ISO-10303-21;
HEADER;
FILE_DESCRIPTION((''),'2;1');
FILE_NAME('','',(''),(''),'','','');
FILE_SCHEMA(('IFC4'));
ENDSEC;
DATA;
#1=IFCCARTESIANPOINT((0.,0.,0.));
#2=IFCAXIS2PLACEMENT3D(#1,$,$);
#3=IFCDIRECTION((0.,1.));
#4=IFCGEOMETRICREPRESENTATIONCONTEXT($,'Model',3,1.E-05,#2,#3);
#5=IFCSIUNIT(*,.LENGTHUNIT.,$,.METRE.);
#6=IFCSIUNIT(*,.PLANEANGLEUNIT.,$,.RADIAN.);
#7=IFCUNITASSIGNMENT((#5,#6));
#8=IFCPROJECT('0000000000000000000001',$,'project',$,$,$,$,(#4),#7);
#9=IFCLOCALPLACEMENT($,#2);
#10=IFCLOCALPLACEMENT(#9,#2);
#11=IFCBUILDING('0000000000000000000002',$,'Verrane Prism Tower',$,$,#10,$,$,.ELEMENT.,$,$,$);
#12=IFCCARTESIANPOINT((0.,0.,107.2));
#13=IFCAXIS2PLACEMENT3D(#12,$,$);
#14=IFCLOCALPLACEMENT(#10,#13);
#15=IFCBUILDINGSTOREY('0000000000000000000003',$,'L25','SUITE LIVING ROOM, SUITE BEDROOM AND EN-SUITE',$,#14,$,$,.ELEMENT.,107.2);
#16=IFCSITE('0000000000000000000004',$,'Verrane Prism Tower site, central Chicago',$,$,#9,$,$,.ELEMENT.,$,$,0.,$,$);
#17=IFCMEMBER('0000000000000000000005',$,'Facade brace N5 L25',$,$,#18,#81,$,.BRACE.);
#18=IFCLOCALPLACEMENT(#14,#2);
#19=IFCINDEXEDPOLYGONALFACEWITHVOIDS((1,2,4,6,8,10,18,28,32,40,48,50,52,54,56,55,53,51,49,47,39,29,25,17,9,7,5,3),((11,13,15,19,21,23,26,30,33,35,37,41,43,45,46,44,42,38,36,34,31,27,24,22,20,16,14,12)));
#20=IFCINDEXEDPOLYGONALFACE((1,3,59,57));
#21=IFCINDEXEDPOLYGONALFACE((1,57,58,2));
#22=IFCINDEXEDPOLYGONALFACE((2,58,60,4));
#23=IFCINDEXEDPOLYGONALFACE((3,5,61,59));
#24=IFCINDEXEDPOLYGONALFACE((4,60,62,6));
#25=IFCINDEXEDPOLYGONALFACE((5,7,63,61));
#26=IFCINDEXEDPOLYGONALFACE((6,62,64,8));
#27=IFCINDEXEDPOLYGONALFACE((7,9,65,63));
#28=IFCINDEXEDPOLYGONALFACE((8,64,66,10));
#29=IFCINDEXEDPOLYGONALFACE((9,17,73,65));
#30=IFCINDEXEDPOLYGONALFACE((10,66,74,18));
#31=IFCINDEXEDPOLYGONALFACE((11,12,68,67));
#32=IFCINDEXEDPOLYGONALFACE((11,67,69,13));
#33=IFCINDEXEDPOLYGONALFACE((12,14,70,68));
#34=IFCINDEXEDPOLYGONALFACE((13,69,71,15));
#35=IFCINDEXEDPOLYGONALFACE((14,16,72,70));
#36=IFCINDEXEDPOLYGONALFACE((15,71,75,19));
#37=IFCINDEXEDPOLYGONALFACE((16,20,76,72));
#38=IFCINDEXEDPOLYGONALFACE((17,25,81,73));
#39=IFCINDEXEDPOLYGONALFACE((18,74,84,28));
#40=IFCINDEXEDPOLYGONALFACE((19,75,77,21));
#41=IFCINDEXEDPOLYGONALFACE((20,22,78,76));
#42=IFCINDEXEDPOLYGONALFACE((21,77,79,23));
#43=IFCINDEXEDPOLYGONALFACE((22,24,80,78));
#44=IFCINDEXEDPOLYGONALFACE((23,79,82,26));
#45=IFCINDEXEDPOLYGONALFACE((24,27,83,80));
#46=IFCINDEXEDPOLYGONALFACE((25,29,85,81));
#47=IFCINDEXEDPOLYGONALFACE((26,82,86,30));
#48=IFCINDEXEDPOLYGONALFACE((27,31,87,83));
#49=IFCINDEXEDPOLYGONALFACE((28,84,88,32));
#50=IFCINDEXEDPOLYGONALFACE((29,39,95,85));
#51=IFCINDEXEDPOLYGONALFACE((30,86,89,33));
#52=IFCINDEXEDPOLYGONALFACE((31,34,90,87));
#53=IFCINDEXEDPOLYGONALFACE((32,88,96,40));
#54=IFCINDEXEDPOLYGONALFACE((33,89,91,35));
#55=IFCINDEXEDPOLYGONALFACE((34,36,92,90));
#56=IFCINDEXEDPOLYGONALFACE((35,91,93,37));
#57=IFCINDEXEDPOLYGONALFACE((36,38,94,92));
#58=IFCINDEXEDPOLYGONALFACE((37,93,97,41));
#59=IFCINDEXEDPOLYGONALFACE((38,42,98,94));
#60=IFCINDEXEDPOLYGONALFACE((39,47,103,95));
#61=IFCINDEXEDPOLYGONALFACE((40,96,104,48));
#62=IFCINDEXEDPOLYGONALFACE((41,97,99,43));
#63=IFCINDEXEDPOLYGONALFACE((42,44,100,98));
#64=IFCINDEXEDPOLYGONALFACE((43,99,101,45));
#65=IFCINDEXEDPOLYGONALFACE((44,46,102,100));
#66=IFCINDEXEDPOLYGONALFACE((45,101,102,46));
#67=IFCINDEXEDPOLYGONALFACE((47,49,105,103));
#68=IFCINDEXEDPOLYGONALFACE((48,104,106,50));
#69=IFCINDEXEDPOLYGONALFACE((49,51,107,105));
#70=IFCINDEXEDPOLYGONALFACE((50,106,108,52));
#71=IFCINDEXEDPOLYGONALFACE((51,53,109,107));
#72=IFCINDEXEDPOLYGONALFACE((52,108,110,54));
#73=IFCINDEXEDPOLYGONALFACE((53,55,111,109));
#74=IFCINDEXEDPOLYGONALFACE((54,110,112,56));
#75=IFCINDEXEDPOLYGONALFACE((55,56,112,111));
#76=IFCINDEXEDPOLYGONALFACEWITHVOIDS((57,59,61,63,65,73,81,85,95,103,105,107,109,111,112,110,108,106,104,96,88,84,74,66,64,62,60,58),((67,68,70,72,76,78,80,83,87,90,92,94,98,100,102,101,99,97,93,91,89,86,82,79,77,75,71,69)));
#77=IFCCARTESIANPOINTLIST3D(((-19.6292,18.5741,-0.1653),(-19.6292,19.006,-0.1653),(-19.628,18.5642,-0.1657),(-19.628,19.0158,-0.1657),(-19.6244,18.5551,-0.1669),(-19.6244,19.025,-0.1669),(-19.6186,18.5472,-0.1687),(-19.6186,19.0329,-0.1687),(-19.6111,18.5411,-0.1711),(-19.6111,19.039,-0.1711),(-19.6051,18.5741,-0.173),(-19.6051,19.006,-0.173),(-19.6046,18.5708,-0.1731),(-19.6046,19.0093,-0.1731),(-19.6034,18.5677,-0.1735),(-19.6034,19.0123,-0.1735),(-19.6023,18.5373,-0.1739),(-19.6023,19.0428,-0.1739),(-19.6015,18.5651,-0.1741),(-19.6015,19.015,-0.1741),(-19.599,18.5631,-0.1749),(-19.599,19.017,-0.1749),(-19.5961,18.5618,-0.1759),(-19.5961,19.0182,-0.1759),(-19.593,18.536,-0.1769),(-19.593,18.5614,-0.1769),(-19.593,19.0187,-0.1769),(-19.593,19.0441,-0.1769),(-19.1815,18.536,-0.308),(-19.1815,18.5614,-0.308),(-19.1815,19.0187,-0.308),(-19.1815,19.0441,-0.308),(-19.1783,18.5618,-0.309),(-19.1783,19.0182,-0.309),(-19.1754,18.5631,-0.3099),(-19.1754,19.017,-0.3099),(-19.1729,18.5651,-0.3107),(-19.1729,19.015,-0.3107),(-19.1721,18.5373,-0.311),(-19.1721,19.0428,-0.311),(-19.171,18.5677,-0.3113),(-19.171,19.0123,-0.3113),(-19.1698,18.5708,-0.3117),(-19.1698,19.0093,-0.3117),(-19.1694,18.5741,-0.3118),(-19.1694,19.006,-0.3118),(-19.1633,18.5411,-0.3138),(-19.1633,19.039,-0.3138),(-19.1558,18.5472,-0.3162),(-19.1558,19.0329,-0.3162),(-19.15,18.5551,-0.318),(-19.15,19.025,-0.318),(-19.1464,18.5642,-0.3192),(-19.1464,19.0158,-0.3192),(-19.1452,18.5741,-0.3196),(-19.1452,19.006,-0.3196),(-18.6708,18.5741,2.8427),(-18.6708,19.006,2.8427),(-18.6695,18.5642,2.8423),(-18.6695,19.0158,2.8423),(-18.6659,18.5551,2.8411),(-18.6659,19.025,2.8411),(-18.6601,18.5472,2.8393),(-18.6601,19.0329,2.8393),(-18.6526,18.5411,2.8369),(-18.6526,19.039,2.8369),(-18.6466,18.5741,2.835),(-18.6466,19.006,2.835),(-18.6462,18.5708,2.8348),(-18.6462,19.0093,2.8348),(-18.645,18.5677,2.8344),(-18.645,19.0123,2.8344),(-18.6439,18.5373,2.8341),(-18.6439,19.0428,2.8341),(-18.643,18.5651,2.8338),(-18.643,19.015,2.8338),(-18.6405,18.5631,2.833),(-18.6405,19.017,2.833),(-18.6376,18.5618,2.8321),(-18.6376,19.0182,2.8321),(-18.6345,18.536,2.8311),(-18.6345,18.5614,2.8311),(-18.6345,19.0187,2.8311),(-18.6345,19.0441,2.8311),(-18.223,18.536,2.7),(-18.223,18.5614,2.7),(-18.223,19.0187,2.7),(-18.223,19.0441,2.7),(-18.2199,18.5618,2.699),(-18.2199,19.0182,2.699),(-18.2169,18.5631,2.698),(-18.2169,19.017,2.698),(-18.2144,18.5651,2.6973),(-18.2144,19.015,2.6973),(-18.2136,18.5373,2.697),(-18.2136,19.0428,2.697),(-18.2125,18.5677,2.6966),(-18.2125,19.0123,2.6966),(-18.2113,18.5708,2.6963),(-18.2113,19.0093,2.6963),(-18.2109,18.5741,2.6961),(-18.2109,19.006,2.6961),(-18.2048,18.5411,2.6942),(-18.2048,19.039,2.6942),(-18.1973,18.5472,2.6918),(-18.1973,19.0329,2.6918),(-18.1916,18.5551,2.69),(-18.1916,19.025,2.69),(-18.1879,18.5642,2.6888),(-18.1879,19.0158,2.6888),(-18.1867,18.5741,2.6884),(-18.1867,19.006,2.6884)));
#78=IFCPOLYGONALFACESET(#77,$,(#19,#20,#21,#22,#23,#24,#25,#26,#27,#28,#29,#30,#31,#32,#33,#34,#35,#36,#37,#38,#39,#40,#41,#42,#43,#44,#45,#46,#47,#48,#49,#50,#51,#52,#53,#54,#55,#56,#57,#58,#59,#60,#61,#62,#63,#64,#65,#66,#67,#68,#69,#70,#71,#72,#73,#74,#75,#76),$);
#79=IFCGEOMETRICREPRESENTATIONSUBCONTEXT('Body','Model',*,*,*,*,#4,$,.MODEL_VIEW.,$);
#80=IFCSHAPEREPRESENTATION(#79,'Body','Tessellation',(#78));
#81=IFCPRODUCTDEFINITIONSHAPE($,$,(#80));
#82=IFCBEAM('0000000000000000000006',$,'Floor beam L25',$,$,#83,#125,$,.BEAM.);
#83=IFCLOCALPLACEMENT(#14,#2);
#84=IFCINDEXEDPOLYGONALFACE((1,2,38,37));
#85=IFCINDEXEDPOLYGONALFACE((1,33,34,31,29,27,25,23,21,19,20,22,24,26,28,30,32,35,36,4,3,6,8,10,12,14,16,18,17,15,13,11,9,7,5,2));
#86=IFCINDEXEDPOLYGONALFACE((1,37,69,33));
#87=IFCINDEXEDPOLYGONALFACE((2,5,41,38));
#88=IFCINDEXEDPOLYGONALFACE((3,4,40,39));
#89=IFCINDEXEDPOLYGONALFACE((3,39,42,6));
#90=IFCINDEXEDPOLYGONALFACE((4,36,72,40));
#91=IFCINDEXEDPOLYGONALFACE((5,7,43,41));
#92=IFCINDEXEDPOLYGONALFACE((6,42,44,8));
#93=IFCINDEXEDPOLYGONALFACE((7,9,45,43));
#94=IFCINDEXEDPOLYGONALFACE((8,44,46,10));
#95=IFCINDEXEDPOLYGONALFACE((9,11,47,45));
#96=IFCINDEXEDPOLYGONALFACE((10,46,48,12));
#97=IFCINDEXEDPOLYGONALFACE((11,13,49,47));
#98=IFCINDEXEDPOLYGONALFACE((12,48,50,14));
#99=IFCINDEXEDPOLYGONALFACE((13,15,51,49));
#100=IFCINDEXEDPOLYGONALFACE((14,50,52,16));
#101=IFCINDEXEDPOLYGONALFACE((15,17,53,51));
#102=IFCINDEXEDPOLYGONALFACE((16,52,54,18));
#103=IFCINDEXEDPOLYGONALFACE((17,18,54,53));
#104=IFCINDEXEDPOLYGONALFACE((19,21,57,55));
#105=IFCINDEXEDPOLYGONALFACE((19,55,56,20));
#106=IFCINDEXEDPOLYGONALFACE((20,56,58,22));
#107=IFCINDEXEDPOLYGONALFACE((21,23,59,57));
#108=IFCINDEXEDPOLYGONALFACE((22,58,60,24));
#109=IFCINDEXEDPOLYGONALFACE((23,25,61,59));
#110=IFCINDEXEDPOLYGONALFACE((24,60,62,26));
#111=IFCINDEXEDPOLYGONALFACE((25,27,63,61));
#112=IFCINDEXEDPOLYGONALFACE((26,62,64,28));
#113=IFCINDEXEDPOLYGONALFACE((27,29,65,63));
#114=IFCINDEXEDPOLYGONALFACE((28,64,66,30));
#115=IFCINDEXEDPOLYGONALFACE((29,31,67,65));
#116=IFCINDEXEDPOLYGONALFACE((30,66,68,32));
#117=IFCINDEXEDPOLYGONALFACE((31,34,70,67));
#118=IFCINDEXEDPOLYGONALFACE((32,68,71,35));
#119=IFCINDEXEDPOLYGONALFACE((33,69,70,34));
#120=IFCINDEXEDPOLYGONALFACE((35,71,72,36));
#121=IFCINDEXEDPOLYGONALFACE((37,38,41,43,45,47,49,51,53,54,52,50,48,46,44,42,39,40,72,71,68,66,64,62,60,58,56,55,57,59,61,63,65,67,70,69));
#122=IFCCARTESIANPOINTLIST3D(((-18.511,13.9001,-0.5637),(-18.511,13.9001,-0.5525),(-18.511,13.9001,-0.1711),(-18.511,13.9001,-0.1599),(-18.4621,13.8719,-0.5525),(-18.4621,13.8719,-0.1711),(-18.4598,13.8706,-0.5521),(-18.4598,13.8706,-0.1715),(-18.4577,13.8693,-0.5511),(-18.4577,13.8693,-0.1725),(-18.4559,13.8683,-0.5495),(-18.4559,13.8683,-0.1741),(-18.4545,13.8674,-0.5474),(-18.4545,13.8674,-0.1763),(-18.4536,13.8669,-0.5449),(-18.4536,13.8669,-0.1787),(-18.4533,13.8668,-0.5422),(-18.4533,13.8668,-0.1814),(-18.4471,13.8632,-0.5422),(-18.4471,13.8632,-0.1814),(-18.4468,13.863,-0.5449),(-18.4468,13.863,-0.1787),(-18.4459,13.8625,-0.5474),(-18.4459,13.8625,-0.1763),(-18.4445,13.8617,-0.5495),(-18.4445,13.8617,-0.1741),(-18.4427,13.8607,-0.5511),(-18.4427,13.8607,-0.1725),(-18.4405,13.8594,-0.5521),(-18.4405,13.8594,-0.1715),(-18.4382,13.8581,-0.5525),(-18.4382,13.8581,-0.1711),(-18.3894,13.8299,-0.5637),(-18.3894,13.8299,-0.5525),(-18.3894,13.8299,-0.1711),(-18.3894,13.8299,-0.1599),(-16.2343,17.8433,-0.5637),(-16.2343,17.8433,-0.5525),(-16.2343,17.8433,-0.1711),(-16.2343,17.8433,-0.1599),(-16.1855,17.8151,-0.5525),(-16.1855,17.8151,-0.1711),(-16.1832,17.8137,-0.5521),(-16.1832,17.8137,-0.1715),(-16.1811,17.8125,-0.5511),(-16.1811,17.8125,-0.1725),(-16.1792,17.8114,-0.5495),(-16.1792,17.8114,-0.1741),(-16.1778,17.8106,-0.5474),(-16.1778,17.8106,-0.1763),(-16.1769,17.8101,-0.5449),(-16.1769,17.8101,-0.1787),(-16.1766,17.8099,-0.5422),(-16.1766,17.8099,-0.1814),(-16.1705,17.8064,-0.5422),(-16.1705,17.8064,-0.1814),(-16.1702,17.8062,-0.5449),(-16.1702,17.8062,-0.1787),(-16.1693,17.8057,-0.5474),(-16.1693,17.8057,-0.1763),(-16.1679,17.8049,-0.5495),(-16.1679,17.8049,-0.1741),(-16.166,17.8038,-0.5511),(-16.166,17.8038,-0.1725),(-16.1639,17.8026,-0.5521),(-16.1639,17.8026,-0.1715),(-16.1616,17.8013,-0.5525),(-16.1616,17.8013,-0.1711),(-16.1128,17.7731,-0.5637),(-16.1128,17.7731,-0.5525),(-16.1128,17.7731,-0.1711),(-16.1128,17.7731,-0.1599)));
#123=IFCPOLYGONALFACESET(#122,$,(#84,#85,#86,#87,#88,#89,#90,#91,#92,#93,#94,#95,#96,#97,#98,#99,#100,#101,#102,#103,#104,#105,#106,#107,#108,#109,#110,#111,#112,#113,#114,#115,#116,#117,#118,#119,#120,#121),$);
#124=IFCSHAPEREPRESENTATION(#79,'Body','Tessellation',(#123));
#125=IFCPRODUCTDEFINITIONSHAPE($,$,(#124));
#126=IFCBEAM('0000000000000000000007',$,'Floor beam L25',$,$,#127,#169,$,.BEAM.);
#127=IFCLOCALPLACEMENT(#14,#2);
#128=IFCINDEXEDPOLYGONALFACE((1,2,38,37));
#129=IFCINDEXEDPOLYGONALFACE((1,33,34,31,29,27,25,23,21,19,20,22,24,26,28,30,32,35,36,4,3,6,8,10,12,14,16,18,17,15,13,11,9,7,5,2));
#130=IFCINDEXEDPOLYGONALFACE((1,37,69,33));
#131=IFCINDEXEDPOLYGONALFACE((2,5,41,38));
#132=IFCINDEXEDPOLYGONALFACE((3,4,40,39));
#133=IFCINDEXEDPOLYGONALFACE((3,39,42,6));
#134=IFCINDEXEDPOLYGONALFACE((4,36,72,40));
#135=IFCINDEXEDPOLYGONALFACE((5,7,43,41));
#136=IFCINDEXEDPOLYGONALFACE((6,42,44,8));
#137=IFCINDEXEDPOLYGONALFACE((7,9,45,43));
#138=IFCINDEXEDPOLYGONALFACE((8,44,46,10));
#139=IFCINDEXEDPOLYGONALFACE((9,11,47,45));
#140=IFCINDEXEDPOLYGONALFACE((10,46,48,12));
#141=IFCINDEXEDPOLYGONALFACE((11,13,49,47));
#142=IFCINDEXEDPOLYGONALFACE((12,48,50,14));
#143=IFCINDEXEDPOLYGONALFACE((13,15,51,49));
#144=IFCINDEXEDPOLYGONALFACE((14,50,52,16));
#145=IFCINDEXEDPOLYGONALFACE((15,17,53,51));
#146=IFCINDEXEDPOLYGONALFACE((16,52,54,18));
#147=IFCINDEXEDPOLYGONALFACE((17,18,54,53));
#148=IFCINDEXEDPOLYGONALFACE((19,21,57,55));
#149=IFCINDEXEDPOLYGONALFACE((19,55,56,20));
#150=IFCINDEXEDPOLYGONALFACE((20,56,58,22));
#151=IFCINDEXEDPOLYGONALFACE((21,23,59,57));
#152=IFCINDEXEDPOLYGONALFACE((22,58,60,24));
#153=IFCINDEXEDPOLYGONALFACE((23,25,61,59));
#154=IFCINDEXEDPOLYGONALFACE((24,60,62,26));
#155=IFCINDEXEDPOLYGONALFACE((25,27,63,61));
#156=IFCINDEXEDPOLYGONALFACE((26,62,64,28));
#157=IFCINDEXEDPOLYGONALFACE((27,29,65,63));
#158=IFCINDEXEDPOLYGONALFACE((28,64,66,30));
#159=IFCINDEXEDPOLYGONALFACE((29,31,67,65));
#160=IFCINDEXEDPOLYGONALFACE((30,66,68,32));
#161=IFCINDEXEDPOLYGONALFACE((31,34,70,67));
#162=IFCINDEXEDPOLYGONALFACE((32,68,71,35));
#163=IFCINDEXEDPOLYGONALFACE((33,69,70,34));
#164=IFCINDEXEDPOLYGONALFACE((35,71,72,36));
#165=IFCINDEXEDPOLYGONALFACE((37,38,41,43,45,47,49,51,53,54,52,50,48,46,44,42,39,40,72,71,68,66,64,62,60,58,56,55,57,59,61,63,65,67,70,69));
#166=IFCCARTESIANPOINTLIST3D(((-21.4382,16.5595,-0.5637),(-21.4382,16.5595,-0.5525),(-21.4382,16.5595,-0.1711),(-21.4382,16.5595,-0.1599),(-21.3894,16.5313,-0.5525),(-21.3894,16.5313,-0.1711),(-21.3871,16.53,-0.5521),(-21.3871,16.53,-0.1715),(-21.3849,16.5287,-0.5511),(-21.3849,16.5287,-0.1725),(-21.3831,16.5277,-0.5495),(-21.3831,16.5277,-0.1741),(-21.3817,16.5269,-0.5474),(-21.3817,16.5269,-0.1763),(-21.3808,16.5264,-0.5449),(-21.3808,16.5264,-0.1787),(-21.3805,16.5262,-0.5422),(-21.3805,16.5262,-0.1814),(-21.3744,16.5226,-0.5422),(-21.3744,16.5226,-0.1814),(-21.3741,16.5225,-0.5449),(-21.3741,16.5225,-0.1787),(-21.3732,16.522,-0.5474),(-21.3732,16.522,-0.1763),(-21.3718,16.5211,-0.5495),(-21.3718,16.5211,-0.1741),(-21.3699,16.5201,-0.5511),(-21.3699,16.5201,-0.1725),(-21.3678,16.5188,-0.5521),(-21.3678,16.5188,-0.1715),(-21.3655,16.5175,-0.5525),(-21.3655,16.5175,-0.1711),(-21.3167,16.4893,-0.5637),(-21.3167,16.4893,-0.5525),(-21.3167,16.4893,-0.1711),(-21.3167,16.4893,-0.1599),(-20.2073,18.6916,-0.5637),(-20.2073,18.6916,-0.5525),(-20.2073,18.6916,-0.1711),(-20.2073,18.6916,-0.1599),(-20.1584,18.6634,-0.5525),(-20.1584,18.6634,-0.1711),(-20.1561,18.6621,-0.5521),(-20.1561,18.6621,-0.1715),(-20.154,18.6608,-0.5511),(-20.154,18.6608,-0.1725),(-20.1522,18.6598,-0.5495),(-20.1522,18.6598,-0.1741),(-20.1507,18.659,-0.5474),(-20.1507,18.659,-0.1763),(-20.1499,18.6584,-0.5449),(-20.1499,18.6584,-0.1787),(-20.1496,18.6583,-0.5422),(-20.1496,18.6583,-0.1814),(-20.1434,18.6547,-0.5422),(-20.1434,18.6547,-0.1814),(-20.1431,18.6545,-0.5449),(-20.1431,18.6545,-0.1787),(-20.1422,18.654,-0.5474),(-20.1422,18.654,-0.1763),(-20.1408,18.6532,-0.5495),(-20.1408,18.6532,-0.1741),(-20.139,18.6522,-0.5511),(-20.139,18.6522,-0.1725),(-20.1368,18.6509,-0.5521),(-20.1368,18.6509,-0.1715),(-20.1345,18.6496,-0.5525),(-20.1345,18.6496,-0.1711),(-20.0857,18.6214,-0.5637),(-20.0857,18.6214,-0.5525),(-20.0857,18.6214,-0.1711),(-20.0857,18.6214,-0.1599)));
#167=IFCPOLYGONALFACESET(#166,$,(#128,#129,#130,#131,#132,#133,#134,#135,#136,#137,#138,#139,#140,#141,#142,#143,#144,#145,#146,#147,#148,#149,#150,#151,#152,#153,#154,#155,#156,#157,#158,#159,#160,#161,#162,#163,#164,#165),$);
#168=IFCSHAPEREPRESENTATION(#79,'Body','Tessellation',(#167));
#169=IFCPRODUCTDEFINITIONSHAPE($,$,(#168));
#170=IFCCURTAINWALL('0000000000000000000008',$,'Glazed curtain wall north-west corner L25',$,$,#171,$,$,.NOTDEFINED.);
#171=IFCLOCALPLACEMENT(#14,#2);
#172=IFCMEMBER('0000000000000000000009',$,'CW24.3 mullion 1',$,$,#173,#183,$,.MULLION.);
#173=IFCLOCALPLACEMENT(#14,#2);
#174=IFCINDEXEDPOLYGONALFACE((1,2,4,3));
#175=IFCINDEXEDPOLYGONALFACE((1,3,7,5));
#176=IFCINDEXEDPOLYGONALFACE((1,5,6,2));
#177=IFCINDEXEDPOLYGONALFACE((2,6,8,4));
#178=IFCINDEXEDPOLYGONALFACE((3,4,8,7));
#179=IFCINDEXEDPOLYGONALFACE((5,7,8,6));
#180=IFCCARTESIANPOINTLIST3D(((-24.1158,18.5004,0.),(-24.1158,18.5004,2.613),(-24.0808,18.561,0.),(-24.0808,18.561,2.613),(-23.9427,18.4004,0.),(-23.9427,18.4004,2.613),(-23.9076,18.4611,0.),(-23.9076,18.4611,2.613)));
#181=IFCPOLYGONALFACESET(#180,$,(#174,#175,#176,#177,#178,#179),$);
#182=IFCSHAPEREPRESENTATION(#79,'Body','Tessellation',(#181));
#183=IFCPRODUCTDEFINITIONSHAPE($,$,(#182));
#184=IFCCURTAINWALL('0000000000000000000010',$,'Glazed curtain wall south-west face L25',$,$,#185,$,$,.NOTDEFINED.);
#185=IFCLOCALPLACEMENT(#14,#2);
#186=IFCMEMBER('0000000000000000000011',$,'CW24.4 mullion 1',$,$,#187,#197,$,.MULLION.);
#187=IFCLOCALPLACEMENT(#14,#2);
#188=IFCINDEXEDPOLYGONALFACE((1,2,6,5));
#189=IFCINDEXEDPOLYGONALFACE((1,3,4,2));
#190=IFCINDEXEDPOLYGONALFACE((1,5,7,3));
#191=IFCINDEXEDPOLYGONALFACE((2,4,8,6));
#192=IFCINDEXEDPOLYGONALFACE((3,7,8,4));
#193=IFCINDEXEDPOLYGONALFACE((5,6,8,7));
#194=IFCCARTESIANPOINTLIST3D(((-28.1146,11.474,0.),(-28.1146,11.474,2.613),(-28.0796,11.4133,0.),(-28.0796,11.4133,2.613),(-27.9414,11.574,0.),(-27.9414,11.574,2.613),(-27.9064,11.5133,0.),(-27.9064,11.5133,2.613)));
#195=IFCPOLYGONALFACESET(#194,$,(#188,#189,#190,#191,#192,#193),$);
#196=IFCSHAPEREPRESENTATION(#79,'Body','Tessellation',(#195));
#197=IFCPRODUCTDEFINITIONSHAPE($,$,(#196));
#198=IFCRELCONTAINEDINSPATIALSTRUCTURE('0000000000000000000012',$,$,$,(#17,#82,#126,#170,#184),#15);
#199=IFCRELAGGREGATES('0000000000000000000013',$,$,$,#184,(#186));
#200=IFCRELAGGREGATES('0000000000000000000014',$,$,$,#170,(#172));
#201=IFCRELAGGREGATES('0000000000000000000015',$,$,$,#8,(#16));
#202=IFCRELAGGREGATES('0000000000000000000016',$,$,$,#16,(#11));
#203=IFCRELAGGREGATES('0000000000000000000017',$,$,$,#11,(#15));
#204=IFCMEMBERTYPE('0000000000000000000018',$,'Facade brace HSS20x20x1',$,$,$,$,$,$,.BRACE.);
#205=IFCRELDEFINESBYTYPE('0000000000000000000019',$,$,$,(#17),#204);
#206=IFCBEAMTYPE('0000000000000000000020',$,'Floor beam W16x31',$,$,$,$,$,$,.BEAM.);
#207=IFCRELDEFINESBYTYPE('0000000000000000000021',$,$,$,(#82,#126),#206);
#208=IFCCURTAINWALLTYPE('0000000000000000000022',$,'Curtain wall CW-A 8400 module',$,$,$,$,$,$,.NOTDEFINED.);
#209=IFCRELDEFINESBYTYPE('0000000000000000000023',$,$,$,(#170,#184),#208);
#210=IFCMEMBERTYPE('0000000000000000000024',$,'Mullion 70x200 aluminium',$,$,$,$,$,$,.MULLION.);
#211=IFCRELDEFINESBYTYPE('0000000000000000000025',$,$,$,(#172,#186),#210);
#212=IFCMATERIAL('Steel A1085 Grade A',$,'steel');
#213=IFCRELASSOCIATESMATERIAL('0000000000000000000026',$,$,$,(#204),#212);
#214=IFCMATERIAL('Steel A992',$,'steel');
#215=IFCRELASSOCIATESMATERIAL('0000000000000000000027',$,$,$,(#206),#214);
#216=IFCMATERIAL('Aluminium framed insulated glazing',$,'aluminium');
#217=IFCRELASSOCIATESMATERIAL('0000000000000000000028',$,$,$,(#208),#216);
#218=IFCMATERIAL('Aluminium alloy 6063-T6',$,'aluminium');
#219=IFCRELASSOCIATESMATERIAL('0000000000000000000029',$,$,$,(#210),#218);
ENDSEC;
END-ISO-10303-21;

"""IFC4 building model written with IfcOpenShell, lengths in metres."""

from ifc_helpers import new_model, si_unit, direction, frame, origin, origin_2d, place, context, subcontext, project, spatial, rectangle, hollow_rectangle, i_section, extrude, material, material_profile, profile_set, type_object, element, aggregate, save


model = new_model("IFC4")

# Units and contexts
model_context = context("Model", 3, precision=1e-05, world=origin(), true_north=direction((0.0, 1.0)))
body_context = subcontext(model_context, "Body", "Model", "MODEL_VIEW")
ifc_project = project(units=[si_unit("LENGTHUNIT", "METRE"), si_unit("PLANEANGLEUNIT", "RADIAN")], contexts=[model_context])

# Site, building, storey
site_placement = place(None, origin())
site = spatial("IfcSite", under=ifc_project, at=site_placement, Name="Verrane Prism Tower site, central Chicago", CompositionType="ELEMENT", RefElevation=0.0)
building_placement = place(site_placement, origin())
building = spatial("IfcBuilding", under=site, at=building_placement, Name="Verrane Prism Tower", CompositionType="ELEMENT")
storey_placement = place(building_placement, frame((0.0, 0.0, 107.2)))
storey = spatial("IfcBuildingStorey", under=building, at=storey_placement, Name="L25", Description="SUITE LIVING ROOM, SUITE BEDROOM AND EN-SUITE", CompositionType="ELEMENT", Elevation=107.2)

# Member
ifc_material_1 = material(Name="Steel A1085 Grade A", Category="steel")
ifc_material_profile_1 = material_profile(ifc_material_1, hollow_rectangle(XDim=0.5081, YDim=0.5081, WallThickness=0.0254, InnerFilletRadius=0.0127, OuterFilletRadius=0.0381, at=origin_2d()), Name="HSS20x20x1")
ifc_profile_set_1 = profile_set([ifc_material_profile_1], Name="Steel A1085 Grade A")
member_type_1 = type_object("IfcMemberType", Name="Facade brace HSS20x20x1", PredefinedType="BRACE", material=ifc_profile_set_1)
member_1_placement = place(storey_placement, frame((-19.3872, 18.79, -0.2424), z_axis=(0.303603, 0.0, 0.952799), x_axis=(0.0, 1.0, 0.0)))
element("IfcMember", 1, at=member_1_placement, inside=storey, type_object=member_type_1, Name="Facade brace N5 L25", PredefinedType="BRACE", context=body_context, shape_type="SweptSolid", body=[
    extrude(hollow_rectangle(XDim=0.5081, YDim=0.5081, WallThickness=0.0254, InnerFilletRadius=0.0127, OuterFilletRadius=0.0381, at=origin_2d()), origin(), (0.0, 0.0, 1.0), 3.157),
])

# Beams
ifc_material_2 = material(Name="Steel A992", Category="steel")
ifc_material_profile_2 = material_profile(ifc_material_2, i_section(OverallWidth=0.1404, OverallDepth=0.4038, WebThickness=0.0071, FlangeThickness=0.0112, FilletRadius=0.0103, at=origin_2d()), Name="W16x31")
ifc_profile_set_2 = profile_set([ifc_material_profile_2], Name="Steel A992")
beam_type_1 = type_object("IfcBeamType", Name="Floor beam W16x31", PredefinedType="BEAM", material=ifc_profile_set_2)
beam_1_placement = place(storey_placement, frame((-18.4502, 13.865, -0.3618), z_axis=(0.500009, 0.86602, 0.0), x_axis=(-0.86602, 0.500009, 0.0)))
element("IfcBeam", 2, at=beam_1_placement, inside=storey, type_object=beam_type_1, Name="Floor beam L25", PredefinedType="BEAM", context=body_context, shape_type="SweptSolid", body=[
    extrude(i_section(OverallWidth=0.1404, OverallDepth=0.4038, WebThickness=0.0071, FlangeThickness=0.0112, FilletRadius=0.0103, at=origin_2d()), origin(), (0.0, 0.0, 1.0), 4.5532),
])
beam_2_placement = place(storey_placement, frame((-21.3774, 16.5244, -0.3618), z_axis=(0.5, 0.866025, 0.0), x_axis=(-0.866025, 0.5, 0.0)))
element("IfcBeam", 3, at=beam_2_placement, inside=storey, type_object=beam_type_1, Name="Floor beam L25", PredefinedType="BEAM", context=body_context, shape_type="SweptSolid", body=[
    extrude(i_section(OverallWidth=0.1404, OverallDepth=0.4038, WebThickness=0.0071, FlangeThickness=0.0112, FilletRadius=0.0103, at=origin_2d()), origin(), (0.0, 0.0, 1.0), 2.4619),
])

# Curtain walls, members
ifc_material_3 = material(Name="Aluminium framed insulated glazing", Category="aluminium")
curtain_wall_type = type_object("IfcCurtainWallType", Name="Curtain wall CW-A 8400 module", PredefinedType="NOTDEFINED", material=ifc_material_3)
curtain_wall_1_placement = place(storey_placement, origin())
curtain_wall_1 = element("IfcCurtainWall", 4, at=curtain_wall_1_placement, inside=storey, type_object=curtain_wall_type, Name="Glazed curtain wall north-west corner L25", PredefinedType="NOTDEFINED")
ifc_material_4 = material(Name="Aluminium alloy 6063-T6", Category="aluminium")
ifc_material_profile_3 = material_profile(ifc_material_4, rectangle(XDim=0.2, YDim=0.0701, at=origin_2d()), Name="Mullion 70x200 aluminium")
ifc_profile_set_3 = profile_set([ifc_material_profile_3], Name="Aluminium alloy 6063-T6")
member_type_2 = type_object("IfcMemberType", Name="Mullion 70x200 aluminium", PredefinedType="MULLION", material=ifc_profile_set_3)
member_2_placement = place(storey_placement, frame((-24.0117, 18.4807, 0.0), z_axis=(0.0, 0.0, 1.0), x_axis=(0.866028, -0.499996, 0.0)))
member_2 = element("IfcMember", 5, at=member_2_placement, type_object=member_type_2, Name="CW24.3 mullion 1", PredefinedType="MULLION", context=body_context, shape_type="SweptSolid", body=[
    extrude(rectangle(XDim=0.2, YDim=0.0701, at=origin_2d()), origin(), (0.0, 0.0, 1.0), 2.613),
])
curtain_wall_2_placement = place(storey_placement, origin())
curtain_wall_2 = element("IfcCurtainWall", 6, at=curtain_wall_2_placement, inside=storey, type_object=curtain_wall_type, Name="Glazed curtain wall south-west face L25", PredefinedType="NOTDEFINED")
member_3_placement = place(storey_placement, frame((-28.0105, 11.4937, 0.0), z_axis=(0.0, 0.0, 1.0), x_axis=(0.866025, 0.5, 0.0)))
member_3 = element("IfcMember", 7, at=member_3_placement, type_object=member_type_2, Name="CW24.4 mullion 1", PredefinedType="MULLION", context=body_context, shape_type="SweptSolid", body=[
    extrude(rectangle(XDim=0.2, YDim=0.0701, at=origin_2d()), origin(), (0.0, 0.0, 1.0), 2.613),
])

aggregate(curtain_wall_2, [member_3])

aggregate(curtain_wall_1, [member_2])

save(model, "model.ifc")
